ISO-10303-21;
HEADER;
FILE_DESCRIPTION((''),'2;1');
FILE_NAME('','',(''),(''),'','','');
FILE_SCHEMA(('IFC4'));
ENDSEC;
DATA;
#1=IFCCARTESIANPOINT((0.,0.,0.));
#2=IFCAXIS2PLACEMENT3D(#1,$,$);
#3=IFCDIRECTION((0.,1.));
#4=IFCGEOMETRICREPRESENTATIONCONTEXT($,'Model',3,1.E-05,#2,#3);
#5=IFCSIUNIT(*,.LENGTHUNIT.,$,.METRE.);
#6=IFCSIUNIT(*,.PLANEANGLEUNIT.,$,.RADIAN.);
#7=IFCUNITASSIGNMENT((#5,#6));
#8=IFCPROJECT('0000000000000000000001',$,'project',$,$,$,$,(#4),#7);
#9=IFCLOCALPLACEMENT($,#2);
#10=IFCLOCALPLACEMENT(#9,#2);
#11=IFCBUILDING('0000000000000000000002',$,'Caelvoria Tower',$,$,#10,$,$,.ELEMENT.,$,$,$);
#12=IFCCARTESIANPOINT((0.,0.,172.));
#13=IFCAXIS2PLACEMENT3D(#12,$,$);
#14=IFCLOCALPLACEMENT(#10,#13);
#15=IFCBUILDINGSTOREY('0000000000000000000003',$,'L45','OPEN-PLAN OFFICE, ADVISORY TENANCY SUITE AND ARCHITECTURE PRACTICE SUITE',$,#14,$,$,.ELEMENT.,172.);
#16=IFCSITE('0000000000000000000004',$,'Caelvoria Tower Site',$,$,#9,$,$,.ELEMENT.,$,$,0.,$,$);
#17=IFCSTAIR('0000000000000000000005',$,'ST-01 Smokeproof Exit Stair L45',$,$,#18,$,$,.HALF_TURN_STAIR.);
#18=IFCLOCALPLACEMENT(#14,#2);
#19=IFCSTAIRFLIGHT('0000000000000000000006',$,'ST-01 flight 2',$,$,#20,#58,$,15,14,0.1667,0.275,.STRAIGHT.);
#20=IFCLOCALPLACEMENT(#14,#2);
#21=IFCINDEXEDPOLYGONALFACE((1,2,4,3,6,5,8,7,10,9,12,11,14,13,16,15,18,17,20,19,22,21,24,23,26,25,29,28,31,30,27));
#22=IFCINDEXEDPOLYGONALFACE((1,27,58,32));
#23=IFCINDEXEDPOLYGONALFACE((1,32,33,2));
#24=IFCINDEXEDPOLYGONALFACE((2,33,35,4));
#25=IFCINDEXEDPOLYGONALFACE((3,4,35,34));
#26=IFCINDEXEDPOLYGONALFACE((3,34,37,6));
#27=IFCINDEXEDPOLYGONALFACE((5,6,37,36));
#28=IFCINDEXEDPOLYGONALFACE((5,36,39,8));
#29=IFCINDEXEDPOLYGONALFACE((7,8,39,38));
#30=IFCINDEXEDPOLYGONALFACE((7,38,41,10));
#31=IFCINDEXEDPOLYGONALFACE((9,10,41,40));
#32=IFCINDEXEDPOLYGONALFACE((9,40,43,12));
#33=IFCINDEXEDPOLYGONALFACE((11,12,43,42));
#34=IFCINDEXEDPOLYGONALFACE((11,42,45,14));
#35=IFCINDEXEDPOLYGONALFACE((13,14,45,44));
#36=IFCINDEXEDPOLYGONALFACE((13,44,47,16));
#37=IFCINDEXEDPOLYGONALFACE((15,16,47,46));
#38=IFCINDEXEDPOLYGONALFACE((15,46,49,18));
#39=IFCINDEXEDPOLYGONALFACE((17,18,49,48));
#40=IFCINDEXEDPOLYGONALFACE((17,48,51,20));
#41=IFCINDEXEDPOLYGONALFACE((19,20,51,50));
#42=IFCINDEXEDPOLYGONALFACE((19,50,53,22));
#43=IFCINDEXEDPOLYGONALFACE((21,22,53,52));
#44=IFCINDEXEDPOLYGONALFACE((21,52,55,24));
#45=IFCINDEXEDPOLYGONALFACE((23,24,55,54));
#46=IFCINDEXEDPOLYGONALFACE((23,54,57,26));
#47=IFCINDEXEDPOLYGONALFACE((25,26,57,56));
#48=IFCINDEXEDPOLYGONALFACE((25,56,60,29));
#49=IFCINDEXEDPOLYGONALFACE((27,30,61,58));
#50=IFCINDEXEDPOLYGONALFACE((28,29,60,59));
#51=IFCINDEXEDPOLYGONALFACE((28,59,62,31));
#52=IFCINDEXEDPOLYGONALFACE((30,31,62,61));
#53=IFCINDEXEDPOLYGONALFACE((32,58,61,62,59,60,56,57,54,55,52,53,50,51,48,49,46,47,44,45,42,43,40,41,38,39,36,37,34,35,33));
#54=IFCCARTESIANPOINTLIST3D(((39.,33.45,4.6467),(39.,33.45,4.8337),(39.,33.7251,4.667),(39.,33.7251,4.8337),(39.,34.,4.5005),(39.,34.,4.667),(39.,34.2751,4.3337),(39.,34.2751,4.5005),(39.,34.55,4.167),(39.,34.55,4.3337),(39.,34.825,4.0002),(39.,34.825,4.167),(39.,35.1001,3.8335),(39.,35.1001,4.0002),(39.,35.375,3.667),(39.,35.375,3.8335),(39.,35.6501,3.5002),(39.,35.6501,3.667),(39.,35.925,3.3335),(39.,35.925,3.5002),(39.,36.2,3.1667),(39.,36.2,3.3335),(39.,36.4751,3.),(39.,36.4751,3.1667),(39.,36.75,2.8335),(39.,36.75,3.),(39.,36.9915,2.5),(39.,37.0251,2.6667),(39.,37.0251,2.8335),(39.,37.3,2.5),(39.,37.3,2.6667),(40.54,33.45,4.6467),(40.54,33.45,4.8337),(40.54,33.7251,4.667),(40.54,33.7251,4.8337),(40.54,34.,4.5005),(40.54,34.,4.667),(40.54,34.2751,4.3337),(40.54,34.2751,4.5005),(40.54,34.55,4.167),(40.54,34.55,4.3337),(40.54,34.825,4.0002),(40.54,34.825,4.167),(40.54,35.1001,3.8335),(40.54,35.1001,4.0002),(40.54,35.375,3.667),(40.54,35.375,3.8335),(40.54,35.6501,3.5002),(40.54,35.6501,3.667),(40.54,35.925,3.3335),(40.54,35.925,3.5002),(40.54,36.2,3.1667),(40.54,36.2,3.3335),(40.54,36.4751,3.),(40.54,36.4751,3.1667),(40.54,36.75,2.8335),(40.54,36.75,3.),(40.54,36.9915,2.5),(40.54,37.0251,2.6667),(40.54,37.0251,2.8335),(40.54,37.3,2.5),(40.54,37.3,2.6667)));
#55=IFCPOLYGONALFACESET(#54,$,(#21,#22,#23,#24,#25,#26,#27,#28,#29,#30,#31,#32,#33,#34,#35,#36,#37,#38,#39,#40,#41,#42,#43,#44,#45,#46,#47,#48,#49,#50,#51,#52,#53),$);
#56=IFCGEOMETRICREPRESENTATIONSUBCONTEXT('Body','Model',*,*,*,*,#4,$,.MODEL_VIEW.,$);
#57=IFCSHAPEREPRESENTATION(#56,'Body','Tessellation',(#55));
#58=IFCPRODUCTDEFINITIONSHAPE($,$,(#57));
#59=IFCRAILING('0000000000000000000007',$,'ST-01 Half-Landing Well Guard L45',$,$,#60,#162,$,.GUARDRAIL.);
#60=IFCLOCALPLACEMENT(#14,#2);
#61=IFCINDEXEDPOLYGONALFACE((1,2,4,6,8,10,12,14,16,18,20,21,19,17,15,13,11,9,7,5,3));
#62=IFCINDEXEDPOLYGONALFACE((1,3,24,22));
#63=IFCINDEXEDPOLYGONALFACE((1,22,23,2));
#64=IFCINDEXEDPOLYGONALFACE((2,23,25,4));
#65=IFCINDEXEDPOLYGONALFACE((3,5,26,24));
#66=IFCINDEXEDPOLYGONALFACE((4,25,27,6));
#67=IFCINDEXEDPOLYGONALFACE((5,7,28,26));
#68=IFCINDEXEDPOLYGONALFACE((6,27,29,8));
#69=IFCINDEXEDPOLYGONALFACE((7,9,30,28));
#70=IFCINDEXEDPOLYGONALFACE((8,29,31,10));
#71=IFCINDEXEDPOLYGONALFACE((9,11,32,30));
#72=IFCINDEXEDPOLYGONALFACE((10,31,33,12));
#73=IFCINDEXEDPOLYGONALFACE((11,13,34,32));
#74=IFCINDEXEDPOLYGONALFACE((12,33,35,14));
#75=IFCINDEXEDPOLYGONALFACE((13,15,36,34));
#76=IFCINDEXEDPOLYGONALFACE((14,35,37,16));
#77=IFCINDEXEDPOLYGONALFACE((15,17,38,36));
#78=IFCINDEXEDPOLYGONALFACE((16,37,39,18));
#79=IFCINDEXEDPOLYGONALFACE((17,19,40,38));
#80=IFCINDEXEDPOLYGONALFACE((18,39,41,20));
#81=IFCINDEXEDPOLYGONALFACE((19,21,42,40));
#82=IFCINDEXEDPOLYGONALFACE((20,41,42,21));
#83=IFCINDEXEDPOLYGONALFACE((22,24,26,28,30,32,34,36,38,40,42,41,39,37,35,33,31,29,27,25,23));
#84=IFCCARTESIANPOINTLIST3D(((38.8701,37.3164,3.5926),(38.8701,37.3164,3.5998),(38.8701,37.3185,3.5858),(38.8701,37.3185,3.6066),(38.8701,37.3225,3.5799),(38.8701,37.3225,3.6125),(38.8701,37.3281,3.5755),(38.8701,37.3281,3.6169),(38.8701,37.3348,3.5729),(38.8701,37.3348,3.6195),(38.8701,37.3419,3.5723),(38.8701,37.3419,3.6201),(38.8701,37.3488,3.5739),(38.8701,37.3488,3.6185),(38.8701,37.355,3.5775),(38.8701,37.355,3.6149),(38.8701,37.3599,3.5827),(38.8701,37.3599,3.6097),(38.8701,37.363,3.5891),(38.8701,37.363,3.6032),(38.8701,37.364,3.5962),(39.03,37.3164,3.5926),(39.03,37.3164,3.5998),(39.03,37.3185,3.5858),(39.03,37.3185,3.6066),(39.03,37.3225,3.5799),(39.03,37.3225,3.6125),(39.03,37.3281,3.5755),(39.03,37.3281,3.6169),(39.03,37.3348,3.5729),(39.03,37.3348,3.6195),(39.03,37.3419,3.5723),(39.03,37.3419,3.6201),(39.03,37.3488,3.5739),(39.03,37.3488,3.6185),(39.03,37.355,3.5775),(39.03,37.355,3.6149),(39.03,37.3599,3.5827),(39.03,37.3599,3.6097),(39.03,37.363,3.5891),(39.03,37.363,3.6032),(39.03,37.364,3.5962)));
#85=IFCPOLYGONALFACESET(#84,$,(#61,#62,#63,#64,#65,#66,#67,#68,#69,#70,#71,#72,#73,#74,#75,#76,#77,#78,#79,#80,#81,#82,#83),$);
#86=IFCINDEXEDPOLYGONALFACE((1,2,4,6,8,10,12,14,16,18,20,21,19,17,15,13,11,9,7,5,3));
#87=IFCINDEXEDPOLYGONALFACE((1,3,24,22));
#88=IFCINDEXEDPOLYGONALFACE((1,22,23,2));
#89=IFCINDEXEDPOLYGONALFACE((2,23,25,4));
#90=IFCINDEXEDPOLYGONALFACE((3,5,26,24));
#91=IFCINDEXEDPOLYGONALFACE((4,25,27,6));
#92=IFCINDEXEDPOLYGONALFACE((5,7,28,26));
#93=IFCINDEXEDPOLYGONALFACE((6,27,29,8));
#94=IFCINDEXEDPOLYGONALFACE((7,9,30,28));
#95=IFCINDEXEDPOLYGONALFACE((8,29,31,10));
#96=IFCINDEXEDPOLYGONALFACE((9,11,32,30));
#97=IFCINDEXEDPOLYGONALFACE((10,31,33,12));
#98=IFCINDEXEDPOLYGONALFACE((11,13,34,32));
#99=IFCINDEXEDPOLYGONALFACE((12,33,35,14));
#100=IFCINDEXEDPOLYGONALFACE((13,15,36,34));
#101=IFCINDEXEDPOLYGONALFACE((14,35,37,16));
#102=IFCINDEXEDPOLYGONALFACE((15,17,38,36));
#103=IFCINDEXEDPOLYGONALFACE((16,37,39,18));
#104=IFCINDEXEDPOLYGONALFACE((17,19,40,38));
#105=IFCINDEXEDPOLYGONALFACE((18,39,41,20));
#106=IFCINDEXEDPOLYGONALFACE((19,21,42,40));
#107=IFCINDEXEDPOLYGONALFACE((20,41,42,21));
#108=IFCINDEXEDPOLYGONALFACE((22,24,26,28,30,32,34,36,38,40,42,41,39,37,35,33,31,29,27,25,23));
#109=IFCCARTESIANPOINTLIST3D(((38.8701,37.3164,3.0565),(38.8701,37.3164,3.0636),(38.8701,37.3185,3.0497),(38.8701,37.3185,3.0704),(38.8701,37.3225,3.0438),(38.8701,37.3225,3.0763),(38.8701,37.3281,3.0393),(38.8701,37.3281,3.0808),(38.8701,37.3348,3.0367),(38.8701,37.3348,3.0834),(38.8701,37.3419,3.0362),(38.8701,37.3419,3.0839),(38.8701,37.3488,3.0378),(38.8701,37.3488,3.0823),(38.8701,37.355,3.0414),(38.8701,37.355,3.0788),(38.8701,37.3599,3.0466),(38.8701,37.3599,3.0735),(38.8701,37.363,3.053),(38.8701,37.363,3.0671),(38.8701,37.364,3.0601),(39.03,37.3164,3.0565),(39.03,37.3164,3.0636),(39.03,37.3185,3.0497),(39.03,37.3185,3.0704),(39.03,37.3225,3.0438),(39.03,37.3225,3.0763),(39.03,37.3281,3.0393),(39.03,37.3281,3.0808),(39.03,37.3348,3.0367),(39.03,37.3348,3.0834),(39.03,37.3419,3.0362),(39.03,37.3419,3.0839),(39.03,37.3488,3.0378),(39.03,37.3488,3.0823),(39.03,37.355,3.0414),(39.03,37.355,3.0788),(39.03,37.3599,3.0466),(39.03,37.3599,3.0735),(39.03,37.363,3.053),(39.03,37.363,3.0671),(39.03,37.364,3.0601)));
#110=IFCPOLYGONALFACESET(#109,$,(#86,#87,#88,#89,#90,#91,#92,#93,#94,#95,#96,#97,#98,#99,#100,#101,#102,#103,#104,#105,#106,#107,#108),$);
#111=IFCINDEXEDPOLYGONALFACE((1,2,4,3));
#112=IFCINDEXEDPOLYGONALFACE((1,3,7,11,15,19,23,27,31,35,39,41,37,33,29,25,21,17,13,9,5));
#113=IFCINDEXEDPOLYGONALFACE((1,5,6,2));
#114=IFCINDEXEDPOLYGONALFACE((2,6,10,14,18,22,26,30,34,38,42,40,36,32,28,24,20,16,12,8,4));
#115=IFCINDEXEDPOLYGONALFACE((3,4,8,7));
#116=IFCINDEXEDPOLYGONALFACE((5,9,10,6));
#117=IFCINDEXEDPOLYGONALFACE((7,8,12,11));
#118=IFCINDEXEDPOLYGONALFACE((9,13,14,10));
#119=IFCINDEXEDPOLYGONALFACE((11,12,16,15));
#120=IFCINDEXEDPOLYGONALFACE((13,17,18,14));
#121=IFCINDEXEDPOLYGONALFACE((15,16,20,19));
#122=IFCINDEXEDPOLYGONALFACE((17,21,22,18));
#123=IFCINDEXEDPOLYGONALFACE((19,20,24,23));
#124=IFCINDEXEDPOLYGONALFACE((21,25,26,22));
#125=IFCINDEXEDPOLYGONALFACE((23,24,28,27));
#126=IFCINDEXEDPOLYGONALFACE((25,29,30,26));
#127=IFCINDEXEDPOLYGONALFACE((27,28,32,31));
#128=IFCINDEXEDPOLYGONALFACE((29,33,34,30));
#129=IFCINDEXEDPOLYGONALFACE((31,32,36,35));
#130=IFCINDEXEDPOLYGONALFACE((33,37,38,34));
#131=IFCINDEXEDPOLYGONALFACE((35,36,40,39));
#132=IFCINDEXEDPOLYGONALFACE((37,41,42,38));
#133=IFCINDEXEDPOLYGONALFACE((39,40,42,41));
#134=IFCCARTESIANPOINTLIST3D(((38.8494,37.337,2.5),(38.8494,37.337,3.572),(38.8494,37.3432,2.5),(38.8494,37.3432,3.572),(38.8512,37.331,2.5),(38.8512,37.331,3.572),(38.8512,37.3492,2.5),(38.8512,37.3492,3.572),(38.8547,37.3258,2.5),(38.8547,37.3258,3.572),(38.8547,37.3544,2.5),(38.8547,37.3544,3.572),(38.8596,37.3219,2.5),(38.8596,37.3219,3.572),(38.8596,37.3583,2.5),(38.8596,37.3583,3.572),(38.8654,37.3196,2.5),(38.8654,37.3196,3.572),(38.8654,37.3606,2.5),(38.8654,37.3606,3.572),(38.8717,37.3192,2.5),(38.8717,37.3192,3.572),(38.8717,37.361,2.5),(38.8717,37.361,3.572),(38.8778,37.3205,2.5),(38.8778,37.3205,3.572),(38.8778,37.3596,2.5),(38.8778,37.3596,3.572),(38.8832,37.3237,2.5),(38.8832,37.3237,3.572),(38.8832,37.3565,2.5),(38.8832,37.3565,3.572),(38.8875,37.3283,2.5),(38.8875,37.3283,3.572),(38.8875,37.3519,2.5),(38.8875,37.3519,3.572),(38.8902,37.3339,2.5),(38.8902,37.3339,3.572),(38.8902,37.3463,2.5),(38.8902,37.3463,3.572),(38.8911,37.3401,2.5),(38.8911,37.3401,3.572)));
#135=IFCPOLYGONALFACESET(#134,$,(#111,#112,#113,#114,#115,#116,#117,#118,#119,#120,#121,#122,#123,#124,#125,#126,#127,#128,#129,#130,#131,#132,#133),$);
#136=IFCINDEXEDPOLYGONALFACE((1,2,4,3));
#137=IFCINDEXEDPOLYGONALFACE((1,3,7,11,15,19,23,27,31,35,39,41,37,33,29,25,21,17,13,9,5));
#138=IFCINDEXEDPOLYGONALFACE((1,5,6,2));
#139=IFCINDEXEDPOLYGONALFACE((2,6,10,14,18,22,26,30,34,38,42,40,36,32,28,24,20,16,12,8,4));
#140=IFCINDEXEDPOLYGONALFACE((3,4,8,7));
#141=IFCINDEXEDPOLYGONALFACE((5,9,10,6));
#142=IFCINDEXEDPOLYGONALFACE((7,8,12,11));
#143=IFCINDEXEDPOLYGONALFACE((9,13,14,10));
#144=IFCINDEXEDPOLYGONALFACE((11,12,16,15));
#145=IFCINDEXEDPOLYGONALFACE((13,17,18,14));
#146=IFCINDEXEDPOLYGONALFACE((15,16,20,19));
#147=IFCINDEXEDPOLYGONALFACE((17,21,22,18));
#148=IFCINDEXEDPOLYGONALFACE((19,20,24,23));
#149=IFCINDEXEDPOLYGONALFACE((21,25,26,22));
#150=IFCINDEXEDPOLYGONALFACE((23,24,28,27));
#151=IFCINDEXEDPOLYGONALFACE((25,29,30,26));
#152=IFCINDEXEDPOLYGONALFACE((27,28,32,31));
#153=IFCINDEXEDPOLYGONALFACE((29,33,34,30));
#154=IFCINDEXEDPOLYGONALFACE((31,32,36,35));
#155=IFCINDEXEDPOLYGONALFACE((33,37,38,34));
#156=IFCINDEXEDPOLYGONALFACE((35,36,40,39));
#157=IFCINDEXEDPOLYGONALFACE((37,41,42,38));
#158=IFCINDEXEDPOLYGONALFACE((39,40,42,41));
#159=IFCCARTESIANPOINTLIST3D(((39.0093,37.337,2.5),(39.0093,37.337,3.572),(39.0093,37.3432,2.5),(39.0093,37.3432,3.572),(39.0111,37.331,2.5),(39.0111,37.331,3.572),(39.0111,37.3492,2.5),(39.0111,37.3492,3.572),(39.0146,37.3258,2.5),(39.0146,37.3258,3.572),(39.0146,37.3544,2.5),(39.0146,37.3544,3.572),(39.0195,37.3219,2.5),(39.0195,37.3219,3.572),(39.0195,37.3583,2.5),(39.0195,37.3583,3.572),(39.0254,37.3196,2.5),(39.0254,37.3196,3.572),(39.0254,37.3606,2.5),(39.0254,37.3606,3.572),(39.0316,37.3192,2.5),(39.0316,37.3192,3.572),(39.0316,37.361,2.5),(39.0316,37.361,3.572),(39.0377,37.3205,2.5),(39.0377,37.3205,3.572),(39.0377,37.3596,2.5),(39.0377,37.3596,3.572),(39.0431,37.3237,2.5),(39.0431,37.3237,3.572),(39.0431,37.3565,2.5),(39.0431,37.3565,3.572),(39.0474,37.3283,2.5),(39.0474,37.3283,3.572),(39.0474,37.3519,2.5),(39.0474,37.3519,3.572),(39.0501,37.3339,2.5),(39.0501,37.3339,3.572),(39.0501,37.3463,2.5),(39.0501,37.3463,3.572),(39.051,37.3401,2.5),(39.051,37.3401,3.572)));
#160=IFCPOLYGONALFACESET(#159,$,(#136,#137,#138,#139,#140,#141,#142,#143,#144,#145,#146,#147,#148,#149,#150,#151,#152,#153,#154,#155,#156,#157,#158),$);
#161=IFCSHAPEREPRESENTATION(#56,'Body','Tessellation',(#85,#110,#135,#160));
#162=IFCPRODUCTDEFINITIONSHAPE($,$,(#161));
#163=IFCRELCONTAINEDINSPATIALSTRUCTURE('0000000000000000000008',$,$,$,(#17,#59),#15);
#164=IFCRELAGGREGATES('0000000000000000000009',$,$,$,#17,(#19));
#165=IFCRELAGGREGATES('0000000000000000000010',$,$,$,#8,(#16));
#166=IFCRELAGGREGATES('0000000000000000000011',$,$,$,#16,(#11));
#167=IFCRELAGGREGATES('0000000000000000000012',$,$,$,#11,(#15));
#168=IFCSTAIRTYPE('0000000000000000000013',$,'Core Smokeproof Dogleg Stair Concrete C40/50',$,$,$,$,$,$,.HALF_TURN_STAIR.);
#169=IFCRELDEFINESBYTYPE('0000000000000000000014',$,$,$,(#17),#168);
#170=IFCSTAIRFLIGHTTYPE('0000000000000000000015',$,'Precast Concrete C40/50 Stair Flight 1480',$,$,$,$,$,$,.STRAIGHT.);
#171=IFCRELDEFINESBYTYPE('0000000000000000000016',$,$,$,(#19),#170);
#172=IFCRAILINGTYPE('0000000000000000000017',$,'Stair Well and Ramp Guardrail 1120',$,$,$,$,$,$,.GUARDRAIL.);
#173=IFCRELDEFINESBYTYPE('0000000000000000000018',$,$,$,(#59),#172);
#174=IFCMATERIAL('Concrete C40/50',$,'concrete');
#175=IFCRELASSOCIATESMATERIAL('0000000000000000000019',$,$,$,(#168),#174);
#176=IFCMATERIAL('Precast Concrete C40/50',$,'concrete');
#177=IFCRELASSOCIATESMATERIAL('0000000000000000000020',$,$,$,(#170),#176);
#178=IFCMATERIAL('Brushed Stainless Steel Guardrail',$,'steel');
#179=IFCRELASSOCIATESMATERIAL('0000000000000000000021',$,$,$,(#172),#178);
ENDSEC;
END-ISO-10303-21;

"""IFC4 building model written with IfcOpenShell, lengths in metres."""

from ifc_helpers import new_model, si_unit, direction, frame, origin, origin_2d, place, context, subcontext, project, spatial, polyline, circle, outline, extrude, material, type_object, element, aggregate, save


model = new_model("IFC4")

# Units and contexts
model_context = context("Model", 3, precision=1e-05, world=origin(), true_north=direction((0.0, 1.0)))
body_context = subcontext(model_context, "Body", "Model", "MODEL_VIEW")
ifc_project = project(units=[si_unit("LENGTHUNIT", "METRE"), si_unit("PLANEANGLEUNIT", "RADIAN")], contexts=[model_context])

# Site, building, storey
site_placement = place(None, origin())
site = spatial("IfcSite", under=ifc_project, at=site_placement, Name="Caelvoria Tower Site", CompositionType="ELEMENT", RefElevation=0.0)
building_placement = place(site_placement, origin())
building = spatial("IfcBuilding", under=site, at=building_placement, Name="Caelvoria Tower", CompositionType="ELEMENT")
storey_placement = place(building_placement, frame((0.0, 0.0, 172.0)))
storey = spatial("IfcBuildingStorey", under=building, at=storey_placement, Name="L45", Description="OPEN-PLAN OFFICE, ADVISORY TENANCY SUITE AND ARCHITECTURE PRACTICE SUITE", CompositionType="ELEMENT", Elevation=172.0)

# Stair, stair flight
ifc_material_1 = material(Name="Concrete C40/50", Category="concrete")
stair_type = type_object("IfcStairType", Name="Core Smokeproof Dogleg Stair Concrete C40/50", PredefinedType="HALF_TURN_STAIR", material=ifc_material_1)
stair_placement = place(storey_placement, origin())
stair = element("IfcStair", 1, at=stair_placement, inside=storey, type_object=stair_type, Name="ST-01 Smokeproof Exit Stair L45", PredefinedType="HALF_TURN_STAIR")
ifc_material_2 = material(Name="Precast Concrete C40/50", Category="concrete")
stair_flight_type = type_object("IfcStairFlightType", Name="Precast Concrete C40/50 Stair Flight 1480", PredefinedType="STRAIGHT", material=ifc_material_2)
stair_flight_1_placement = place(storey_placement, frame((39.77, 37.3, 2.5), z_axis=(0.0, 0.0, 1.0), x_axis=(0.0, -1.0, 0.0)))
stair_flight_1 = element("IfcStairFlight", 2, at=stair_flight_1_placement, type_object=stair_flight_type, Name="ST-01 flight 2", NumberOfRisers=15, NumberOfTreads=14, PredefinedType="STRAIGHT", RiserHeight=0.1667, TreadLength=0.275, context=body_context, shape_type="SweptSolid", body=[
    extrude(outline(polyline([(0.0, 0.0), (0.0, 0.1667), (0.2749, 0.1667), (0.2749, 0.3335), (0.55, 0.3335), (0.55, 0.5), (0.825, 0.5), (0.825, 0.6667), (1.1001, 0.6667), (1.1001, 0.8335), (1.375, 0.8335), (1.375, 1.0002), (1.6499, 1.0002), (1.6499, 1.167), (1.925, 1.167), (1.925, 1.3335), (2.2, 1.3335), (2.2, 1.5002), (2.4751, 1.5002), (2.4751, 1.667), (2.75, 1.667), (2.75, 1.8337), (3.0249, 1.8337), (3.0249, 2.0005), (3.3, 2.0005), (3.3, 2.167), (3.575, 2.167), (3.575, 2.3337), (3.8501, 2.3337), (3.8501, 2.5005), (3.8501, 2.1467), (0.3086, 0.0), (0.0, 0.0)])), frame((0.0, 0.77, 0.0), z_axis=(0.0, -1.0, 0.0), x_axis=(1.0, 0.0, 0.0)), (0.0, 0.0, 1.0), 1.54),
])
aggregate(stair, [stair_flight_1])

# Railing
ifc_material_3 = material(Name="Brushed Stainless Steel Guardrail", Category="steel")
railing_type_1 = type_object("IfcRailingType", Name="Stair Well and Ramp Guardrail 1120", PredefinedType="GUARDRAIL", material=ifc_material_3)
railing_1_placement = place(storey_placement, frame((38.8701, 37.3401, 2.5)))
element("IfcRailing", 3, at=railing_1_placement, inside=storey, type_object=railing_type_1, Name="ST-01 Half-Landing Well Guard L45", PredefinedType="GUARDRAIL", context=body_context, shape_type="SweptSolid", body=[
    extrude(circle(Radius=0.0239, at=origin_2d()), frame((0.0, 0.0, 1.0962), z_axis=(1.0, 0.0, 0.0), x_axis=(0.0, 1.0, 0.0)), (0.0, 0.0, 1.0), 0.1599),
    extrude(circle(Radius=0.0239, at=origin_2d()), frame((0.0, 0.0, 0.5601), z_axis=(1.0, 0.0, 0.0), x_axis=(0.0, 1.0, 0.0)), (0.0, 0.0, 1.0), 0.1599),
    extrude(circle(Radius=0.021, at=origin_2d()), origin(), (0.0, 0.0, 1.0), 1.072),
    extrude(circle(Radius=0.021, at=origin_2d()), frame((0.1599, 0.0, 0.0)), (0.0, 0.0, 1.0), 1.072),
])

save(model, "model.ifc")
